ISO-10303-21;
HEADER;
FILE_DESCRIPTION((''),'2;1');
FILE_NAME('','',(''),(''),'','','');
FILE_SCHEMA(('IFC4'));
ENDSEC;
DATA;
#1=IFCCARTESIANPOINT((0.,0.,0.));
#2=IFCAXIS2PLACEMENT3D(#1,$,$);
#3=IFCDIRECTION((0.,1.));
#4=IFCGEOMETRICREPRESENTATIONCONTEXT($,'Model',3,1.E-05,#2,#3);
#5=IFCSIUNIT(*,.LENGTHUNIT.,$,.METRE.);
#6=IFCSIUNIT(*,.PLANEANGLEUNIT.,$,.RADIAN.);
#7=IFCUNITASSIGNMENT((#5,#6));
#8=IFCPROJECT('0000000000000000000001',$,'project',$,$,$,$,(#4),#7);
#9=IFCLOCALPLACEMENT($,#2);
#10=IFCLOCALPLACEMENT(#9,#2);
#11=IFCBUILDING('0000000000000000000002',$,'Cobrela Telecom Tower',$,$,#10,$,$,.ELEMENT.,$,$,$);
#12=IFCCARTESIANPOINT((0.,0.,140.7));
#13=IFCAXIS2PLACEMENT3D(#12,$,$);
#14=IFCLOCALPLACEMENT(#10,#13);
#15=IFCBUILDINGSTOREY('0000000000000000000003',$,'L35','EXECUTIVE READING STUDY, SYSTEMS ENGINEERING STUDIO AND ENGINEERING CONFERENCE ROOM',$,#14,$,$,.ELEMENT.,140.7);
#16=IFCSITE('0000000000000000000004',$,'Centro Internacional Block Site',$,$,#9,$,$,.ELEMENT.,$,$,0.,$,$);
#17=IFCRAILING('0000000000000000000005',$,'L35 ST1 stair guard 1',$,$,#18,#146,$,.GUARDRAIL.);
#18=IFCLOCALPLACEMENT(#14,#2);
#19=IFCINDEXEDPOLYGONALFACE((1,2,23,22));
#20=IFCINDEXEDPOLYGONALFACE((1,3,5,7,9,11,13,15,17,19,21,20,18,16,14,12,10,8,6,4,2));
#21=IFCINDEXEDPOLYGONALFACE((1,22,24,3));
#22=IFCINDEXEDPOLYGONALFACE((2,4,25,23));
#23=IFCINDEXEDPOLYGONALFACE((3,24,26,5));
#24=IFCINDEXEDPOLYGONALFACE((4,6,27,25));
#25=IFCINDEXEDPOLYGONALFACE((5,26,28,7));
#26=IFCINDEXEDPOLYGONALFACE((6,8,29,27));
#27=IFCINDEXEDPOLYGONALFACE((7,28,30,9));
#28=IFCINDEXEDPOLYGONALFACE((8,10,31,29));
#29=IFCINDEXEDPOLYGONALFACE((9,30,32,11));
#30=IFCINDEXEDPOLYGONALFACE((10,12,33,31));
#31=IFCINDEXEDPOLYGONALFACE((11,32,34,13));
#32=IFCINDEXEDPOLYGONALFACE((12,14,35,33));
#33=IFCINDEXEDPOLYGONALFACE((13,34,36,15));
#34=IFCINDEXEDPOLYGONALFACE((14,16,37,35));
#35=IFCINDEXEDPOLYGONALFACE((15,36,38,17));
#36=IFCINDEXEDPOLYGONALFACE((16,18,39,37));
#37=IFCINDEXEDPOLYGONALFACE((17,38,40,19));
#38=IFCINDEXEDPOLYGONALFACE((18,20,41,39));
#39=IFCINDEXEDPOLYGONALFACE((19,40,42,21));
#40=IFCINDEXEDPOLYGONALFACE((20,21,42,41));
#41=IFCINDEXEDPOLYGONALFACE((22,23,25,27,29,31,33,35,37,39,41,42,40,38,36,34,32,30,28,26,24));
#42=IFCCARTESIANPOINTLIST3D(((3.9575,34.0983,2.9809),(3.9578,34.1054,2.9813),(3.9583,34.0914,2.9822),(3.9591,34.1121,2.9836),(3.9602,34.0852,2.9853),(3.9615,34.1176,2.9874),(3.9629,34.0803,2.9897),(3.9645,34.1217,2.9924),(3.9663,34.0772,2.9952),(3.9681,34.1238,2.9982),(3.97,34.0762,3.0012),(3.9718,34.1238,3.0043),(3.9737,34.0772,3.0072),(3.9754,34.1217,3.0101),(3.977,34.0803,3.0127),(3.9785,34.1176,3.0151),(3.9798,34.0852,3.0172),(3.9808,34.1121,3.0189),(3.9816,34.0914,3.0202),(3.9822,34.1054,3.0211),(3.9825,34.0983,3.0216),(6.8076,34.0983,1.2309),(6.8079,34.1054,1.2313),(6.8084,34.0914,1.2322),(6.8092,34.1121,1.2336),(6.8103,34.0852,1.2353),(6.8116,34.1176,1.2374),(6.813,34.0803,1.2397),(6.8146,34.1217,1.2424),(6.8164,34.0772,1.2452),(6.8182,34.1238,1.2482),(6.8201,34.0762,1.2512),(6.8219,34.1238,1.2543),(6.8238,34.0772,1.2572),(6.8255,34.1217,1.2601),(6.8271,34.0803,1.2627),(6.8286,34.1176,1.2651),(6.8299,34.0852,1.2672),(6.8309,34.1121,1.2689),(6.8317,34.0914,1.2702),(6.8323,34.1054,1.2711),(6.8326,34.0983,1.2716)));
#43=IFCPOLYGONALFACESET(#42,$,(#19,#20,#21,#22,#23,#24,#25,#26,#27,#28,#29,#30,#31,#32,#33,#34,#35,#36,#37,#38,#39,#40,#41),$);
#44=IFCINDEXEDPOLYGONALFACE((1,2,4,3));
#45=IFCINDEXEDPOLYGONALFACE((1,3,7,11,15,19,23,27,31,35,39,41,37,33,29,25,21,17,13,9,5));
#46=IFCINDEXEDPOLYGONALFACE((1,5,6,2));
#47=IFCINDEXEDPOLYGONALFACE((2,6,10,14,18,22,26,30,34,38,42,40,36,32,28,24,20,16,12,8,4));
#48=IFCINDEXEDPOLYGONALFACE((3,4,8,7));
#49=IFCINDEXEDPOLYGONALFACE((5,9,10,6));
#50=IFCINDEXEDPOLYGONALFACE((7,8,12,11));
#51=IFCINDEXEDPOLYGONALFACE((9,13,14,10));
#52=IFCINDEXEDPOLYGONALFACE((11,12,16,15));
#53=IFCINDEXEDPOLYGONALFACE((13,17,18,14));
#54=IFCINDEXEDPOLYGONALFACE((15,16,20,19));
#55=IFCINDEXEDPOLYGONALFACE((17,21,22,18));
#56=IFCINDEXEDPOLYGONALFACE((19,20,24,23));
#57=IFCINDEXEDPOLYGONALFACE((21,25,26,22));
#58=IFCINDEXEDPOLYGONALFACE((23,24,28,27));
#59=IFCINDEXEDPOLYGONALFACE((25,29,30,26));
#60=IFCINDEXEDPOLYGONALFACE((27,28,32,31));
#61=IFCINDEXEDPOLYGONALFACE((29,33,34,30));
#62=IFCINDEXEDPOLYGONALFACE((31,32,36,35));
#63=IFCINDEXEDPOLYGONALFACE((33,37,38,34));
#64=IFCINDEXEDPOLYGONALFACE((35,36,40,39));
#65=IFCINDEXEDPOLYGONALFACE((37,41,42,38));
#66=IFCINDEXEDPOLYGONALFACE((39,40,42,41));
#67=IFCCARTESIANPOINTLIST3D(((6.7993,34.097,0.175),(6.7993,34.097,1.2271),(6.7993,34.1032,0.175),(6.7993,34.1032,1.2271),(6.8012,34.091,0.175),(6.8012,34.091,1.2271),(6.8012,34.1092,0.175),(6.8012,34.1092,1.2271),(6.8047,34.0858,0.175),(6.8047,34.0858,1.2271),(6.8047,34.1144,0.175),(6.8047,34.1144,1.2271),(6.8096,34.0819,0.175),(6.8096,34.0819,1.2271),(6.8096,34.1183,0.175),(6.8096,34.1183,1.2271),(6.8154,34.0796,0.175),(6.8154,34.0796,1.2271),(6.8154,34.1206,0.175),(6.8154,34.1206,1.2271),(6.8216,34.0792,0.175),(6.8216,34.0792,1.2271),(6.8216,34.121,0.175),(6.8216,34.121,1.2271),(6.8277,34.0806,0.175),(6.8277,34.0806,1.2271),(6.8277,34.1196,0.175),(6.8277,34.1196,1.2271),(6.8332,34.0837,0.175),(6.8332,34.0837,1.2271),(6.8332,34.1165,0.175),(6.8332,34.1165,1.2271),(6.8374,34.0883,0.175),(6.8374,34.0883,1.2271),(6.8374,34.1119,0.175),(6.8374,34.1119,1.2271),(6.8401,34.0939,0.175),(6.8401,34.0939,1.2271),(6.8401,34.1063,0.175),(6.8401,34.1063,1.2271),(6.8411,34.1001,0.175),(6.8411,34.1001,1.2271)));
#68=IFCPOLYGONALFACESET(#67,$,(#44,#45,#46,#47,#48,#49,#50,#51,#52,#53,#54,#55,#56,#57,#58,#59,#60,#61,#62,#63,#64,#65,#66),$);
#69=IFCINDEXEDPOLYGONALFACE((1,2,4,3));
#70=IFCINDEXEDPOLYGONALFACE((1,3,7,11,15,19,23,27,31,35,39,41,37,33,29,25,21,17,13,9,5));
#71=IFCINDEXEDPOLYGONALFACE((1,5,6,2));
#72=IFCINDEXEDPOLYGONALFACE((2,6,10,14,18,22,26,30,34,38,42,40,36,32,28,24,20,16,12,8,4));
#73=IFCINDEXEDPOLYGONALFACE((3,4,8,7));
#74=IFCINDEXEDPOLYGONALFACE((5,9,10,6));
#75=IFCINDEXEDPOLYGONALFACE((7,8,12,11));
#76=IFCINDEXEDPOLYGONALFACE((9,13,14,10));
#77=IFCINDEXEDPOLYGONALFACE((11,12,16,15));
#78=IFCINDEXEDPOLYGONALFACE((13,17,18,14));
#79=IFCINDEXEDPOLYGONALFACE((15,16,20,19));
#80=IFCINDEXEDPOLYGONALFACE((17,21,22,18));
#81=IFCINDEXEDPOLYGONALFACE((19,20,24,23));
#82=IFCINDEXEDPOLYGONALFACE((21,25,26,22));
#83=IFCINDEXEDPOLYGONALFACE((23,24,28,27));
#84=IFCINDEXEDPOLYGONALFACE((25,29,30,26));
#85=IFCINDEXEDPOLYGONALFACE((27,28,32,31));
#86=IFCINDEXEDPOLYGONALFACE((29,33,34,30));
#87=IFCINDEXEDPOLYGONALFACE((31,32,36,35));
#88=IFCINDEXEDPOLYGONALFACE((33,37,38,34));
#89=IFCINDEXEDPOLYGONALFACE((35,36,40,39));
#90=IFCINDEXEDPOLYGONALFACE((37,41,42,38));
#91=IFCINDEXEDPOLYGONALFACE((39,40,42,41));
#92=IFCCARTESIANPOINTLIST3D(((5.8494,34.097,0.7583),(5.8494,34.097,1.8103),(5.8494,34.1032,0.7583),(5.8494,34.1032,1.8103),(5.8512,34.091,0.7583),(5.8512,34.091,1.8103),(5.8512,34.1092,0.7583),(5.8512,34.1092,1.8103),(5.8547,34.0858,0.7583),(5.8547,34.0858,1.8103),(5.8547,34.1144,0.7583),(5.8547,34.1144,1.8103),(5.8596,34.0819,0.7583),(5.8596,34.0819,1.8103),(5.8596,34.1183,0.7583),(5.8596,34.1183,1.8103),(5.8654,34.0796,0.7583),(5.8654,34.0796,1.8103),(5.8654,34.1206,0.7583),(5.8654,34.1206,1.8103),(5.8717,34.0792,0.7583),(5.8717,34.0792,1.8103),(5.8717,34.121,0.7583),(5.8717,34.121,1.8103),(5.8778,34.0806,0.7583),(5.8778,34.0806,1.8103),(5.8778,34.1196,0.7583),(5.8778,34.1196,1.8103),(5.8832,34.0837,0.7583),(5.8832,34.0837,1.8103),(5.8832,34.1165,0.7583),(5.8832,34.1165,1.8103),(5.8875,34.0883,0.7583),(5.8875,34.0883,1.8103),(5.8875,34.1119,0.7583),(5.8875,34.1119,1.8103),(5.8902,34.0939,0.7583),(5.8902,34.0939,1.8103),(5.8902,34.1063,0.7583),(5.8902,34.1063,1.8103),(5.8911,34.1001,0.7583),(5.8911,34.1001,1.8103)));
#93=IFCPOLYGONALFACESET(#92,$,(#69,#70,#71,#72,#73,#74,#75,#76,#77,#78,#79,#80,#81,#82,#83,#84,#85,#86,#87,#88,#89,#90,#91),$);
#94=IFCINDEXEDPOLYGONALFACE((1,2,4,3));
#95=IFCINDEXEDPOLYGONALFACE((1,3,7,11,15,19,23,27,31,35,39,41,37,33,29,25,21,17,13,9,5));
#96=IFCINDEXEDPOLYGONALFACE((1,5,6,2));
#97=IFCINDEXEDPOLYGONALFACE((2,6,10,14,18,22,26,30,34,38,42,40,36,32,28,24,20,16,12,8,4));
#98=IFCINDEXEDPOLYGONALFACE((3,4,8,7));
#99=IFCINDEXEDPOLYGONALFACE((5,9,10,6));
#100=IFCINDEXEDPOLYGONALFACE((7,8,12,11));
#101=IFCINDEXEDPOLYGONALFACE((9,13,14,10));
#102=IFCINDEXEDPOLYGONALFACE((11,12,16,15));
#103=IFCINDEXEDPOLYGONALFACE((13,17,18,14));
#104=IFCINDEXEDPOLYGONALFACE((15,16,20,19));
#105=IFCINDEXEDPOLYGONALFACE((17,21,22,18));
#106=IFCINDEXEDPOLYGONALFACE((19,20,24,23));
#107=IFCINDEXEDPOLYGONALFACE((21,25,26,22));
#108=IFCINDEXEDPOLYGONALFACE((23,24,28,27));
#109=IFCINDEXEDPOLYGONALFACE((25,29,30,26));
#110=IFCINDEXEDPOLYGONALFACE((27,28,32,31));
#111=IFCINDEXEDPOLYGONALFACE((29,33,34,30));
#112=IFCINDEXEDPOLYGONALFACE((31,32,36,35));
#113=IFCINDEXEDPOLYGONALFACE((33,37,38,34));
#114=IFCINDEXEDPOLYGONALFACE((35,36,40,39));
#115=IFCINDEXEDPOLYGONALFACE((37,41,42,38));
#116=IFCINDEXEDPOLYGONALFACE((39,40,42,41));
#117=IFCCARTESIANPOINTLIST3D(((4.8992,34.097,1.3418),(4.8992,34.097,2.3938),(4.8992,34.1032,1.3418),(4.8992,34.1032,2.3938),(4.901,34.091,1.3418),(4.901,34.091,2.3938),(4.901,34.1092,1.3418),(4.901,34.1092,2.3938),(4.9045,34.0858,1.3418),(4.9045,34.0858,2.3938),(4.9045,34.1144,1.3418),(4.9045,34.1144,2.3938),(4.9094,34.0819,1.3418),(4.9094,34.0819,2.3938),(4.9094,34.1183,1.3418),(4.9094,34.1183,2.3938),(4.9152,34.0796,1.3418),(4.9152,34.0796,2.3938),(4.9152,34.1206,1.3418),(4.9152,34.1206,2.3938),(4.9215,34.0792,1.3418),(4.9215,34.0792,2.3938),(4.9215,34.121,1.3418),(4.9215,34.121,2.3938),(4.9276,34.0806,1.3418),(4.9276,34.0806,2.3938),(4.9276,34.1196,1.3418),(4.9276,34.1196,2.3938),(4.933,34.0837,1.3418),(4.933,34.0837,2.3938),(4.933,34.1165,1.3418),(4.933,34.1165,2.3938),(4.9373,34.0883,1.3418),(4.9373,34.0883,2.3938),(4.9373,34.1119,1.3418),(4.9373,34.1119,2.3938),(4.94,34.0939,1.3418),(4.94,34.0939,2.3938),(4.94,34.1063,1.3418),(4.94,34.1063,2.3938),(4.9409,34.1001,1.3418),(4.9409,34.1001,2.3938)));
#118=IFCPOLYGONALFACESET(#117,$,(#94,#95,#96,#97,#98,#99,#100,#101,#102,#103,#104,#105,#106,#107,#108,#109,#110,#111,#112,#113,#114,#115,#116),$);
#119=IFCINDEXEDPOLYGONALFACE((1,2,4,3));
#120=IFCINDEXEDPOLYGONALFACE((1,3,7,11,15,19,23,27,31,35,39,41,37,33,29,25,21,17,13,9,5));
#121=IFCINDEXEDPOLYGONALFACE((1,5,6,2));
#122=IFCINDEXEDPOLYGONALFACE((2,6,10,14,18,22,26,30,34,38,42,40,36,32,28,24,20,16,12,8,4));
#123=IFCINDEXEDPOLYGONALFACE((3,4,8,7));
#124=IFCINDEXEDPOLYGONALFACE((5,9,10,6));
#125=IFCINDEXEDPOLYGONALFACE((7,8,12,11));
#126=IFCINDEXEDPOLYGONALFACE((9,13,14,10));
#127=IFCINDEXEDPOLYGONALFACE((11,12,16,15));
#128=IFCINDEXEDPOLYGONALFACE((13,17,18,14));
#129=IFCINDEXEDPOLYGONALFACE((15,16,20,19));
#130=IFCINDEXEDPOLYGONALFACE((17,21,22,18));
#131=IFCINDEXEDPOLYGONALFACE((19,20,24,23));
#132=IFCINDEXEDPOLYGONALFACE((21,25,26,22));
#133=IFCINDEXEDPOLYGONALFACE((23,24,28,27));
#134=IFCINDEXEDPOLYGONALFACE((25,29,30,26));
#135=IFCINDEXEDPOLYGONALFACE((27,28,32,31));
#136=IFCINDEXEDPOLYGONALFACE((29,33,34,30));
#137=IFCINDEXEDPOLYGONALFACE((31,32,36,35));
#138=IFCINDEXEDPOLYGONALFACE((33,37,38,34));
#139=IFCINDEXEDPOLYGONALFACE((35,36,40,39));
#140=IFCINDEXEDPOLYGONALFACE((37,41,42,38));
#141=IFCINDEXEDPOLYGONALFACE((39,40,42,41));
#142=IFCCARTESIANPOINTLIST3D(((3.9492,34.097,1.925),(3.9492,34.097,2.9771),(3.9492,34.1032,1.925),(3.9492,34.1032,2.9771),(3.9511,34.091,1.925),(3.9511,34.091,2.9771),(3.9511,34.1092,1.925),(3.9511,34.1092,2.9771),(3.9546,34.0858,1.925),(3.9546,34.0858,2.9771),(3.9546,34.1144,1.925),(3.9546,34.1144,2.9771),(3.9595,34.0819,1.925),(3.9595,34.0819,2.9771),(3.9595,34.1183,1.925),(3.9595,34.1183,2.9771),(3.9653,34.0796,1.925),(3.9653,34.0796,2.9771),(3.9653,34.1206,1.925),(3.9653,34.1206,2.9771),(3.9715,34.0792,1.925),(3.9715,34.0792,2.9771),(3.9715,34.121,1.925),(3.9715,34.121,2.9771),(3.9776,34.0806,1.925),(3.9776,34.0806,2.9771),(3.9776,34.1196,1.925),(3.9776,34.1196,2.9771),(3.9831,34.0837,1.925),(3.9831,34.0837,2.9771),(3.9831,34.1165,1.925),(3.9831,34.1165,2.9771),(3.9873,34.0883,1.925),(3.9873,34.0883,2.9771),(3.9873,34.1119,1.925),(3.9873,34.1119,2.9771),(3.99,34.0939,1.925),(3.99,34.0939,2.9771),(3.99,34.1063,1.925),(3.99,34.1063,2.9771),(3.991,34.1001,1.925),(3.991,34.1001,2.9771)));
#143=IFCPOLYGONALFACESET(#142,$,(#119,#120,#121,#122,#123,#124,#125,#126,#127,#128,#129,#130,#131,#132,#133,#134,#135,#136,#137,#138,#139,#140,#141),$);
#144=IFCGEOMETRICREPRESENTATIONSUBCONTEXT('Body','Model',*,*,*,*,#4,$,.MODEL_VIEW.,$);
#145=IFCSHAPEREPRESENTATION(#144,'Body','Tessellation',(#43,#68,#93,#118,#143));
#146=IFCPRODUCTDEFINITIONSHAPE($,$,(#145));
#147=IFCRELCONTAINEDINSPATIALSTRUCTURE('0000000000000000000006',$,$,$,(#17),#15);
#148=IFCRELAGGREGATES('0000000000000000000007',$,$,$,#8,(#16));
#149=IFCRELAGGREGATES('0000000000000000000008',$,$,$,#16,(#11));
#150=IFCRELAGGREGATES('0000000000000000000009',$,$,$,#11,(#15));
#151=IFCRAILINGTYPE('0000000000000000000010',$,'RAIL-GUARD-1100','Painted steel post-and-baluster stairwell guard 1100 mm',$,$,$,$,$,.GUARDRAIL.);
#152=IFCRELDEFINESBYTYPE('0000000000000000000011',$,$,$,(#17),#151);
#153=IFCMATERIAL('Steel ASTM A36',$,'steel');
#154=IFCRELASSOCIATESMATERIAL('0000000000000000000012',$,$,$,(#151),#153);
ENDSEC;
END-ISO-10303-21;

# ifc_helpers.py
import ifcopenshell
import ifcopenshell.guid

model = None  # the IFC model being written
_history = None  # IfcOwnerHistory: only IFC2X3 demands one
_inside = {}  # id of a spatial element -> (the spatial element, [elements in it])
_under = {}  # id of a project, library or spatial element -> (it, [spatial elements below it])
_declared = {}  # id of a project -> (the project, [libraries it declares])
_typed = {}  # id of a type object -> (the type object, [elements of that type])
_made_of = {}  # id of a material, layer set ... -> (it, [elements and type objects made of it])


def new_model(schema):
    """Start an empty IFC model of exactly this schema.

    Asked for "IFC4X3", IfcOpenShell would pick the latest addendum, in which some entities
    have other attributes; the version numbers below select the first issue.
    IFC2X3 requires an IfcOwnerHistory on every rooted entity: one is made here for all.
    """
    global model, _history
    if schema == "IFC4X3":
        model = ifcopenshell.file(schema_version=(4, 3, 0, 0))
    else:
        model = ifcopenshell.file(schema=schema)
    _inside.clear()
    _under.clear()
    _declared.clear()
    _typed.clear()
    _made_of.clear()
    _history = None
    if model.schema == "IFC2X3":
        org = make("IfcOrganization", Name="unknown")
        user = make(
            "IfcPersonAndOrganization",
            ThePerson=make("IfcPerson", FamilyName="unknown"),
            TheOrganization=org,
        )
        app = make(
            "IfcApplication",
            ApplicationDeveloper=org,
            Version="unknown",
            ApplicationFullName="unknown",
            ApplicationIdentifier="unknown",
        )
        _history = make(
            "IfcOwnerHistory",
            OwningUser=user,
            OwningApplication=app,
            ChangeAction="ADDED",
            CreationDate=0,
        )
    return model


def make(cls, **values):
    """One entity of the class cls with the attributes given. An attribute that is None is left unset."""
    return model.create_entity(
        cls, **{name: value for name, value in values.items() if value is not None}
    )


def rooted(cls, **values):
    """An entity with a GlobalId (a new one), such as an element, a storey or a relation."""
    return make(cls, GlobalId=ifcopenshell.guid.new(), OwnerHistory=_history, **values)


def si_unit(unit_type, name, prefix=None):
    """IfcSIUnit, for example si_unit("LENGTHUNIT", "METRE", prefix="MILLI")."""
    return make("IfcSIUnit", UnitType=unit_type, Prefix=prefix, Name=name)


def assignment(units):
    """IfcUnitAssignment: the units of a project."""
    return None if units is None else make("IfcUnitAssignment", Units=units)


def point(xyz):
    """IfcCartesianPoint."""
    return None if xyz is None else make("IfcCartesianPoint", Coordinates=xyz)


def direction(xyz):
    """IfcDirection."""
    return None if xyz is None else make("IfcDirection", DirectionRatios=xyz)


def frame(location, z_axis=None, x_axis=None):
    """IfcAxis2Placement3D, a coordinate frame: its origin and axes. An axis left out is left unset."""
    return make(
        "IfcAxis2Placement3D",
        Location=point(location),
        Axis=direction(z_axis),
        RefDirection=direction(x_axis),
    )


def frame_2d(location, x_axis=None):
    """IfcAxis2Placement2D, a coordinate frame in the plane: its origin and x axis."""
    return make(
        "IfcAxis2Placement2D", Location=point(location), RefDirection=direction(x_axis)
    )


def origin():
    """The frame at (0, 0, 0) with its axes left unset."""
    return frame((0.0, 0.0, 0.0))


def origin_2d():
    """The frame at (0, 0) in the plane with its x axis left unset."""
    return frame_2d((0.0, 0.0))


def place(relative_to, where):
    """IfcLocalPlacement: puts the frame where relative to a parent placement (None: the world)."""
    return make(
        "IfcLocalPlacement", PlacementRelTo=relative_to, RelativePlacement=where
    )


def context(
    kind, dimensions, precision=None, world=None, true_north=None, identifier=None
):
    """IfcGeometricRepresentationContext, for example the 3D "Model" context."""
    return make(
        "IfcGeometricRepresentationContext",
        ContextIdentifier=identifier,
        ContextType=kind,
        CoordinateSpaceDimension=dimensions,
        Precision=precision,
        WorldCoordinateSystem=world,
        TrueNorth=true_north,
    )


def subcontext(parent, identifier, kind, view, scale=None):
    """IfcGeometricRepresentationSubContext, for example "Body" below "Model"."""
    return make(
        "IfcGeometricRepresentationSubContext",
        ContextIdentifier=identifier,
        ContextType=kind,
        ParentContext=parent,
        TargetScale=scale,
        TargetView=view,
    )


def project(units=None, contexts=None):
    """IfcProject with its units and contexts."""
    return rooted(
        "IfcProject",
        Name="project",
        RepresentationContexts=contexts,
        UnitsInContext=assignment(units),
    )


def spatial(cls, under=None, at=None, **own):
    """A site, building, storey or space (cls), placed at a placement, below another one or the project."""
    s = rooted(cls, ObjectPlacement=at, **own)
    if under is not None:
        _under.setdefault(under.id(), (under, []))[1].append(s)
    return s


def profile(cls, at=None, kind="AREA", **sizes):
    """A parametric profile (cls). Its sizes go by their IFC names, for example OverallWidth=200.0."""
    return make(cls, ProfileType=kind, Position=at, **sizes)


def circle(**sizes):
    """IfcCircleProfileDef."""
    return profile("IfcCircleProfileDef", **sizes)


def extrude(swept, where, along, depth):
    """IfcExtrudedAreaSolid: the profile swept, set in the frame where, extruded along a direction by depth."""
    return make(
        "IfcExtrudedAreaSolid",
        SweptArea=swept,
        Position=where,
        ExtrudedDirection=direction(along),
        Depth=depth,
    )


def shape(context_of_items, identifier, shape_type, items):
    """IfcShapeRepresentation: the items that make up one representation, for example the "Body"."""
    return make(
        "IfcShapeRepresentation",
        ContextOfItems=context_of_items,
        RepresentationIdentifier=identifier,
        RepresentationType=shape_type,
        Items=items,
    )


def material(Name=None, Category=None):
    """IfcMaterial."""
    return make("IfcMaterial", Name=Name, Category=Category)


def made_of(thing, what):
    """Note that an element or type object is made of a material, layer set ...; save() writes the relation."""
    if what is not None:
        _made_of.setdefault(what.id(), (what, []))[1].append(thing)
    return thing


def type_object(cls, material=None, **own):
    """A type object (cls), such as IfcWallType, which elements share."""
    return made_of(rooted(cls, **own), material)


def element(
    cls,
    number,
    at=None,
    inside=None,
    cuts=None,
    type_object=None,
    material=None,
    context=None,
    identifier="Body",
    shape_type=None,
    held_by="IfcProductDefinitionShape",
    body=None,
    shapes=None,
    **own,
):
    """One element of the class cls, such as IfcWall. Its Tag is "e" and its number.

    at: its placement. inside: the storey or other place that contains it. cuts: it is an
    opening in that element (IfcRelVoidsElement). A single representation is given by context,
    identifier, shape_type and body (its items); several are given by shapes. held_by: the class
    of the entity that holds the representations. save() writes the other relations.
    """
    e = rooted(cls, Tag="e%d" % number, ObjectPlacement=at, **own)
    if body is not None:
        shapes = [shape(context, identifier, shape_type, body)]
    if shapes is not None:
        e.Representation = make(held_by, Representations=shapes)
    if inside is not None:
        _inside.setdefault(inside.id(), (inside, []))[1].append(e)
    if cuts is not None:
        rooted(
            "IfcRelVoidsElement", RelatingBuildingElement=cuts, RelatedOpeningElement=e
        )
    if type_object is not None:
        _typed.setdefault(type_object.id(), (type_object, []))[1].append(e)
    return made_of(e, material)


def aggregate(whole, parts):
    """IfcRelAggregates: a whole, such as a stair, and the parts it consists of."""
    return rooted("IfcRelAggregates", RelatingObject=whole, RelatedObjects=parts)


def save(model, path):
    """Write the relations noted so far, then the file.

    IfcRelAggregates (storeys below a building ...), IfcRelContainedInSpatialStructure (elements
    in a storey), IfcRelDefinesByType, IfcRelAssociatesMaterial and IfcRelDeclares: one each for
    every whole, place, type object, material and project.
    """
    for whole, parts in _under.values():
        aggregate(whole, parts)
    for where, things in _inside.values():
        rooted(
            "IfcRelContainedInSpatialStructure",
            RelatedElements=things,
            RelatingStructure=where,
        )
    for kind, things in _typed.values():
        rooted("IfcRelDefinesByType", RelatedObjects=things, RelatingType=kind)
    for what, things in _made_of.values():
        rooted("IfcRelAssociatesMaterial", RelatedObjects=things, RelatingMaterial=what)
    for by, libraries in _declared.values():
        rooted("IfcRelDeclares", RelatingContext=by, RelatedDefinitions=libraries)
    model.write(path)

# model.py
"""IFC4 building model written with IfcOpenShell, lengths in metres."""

from ifc_helpers import new_model, si_unit, direction, frame, origin, origin_2d, place, context, subcontext, project, spatial, circle, extrude, material, type_object, element, save


model = new_model("IFC4")

# Units and contexts
model_context = context("Model", 3, precision=1e-05, world=origin(), true_north=direction((0.0, 1.0)))
body_context = subcontext(model_context, "Body", "Model", "MODEL_VIEW")
ifc_project = project(units=[si_unit("LENGTHUNIT", "METRE"), si_unit("PLANEANGLEUNIT", "RADIAN")], contexts=[model_context])

# Site, building, storey
site_placement = place(None, origin())
site = spatial("IfcSite", under=ifc_project, at=site_placement, Name="Centro Internacional Block Site", CompositionType="ELEMENT", RefElevation=0.0)
building_placement = place(site_placement, origin())
building = spatial("IfcBuilding", under=site, at=building_placement, Name="Cobrela Telecom Tower", CompositionType="ELEMENT")
storey_placement = place(building_placement, frame((0.0, 0.0, 140.7)))
storey = spatial("IfcBuildingStorey", under=building, at=storey_placement, Name="L35", Description="EXECUTIVE READING STUDY, SYSTEMS ENGINEERING STUDIO AND ENGINEERING CONFERENCE ROOM", CompositionType="ELEMENT", Elevation=140.7)

# Shared definitions
ifc_material_1 = material(Name="Steel ASTM A36", Category="steel")

# Railing
railing_type_1 = type_object("IfcRailingType", Name="RAIL-GUARD-1100", Description="Painted steel post-and-baluster stairwell guard 1100 mm", PredefinedType="GUARDRAIL", material=ifc_material_1)
railing_1_placement = place(storey_placement, frame((6.8201, 34.1001, 0.175)))
element("IfcRailing", 1, at=railing_1_placement, inside=storey, type_object=railing_type_1, Name="L35 ST1 stair guard 1", PredefinedType="GUARDRAIL", context=body_context, shape_type="SweptSolid", body=[
    extrude(circle(Radius=0.0239, at=origin_2d()), frame((0.0, 0.0, 1.0762), z_axis=(-0.852179, 0.0, 0.52325), x_axis=(0.0, -1.0, 0.0)), (0.0, 0.0, 1.0), 3.3445),
    extrude(circle(Radius=0.021, at=origin_2d()), origin(), (0.0, 0.0, 1.0), 1.052),
    extrude(circle(Radius=0.021, at=origin_2d()), frame((-0.95, 0.0, 0.5833)), (0.0, 0.0, 1.0), 1.052),
    extrude(circle(Radius=0.021, at=origin_2d()), frame((-1.9001, 0.0, 1.1667)), (0.0, 0.0, 1.0), 1.052),
    extrude(circle(Radius=0.021, at=origin_2d()), frame((-2.8501, 0.0, 1.75)), (0.0, 0.0, 1.0), 1.052),
])

save(model, "model.ifc")
